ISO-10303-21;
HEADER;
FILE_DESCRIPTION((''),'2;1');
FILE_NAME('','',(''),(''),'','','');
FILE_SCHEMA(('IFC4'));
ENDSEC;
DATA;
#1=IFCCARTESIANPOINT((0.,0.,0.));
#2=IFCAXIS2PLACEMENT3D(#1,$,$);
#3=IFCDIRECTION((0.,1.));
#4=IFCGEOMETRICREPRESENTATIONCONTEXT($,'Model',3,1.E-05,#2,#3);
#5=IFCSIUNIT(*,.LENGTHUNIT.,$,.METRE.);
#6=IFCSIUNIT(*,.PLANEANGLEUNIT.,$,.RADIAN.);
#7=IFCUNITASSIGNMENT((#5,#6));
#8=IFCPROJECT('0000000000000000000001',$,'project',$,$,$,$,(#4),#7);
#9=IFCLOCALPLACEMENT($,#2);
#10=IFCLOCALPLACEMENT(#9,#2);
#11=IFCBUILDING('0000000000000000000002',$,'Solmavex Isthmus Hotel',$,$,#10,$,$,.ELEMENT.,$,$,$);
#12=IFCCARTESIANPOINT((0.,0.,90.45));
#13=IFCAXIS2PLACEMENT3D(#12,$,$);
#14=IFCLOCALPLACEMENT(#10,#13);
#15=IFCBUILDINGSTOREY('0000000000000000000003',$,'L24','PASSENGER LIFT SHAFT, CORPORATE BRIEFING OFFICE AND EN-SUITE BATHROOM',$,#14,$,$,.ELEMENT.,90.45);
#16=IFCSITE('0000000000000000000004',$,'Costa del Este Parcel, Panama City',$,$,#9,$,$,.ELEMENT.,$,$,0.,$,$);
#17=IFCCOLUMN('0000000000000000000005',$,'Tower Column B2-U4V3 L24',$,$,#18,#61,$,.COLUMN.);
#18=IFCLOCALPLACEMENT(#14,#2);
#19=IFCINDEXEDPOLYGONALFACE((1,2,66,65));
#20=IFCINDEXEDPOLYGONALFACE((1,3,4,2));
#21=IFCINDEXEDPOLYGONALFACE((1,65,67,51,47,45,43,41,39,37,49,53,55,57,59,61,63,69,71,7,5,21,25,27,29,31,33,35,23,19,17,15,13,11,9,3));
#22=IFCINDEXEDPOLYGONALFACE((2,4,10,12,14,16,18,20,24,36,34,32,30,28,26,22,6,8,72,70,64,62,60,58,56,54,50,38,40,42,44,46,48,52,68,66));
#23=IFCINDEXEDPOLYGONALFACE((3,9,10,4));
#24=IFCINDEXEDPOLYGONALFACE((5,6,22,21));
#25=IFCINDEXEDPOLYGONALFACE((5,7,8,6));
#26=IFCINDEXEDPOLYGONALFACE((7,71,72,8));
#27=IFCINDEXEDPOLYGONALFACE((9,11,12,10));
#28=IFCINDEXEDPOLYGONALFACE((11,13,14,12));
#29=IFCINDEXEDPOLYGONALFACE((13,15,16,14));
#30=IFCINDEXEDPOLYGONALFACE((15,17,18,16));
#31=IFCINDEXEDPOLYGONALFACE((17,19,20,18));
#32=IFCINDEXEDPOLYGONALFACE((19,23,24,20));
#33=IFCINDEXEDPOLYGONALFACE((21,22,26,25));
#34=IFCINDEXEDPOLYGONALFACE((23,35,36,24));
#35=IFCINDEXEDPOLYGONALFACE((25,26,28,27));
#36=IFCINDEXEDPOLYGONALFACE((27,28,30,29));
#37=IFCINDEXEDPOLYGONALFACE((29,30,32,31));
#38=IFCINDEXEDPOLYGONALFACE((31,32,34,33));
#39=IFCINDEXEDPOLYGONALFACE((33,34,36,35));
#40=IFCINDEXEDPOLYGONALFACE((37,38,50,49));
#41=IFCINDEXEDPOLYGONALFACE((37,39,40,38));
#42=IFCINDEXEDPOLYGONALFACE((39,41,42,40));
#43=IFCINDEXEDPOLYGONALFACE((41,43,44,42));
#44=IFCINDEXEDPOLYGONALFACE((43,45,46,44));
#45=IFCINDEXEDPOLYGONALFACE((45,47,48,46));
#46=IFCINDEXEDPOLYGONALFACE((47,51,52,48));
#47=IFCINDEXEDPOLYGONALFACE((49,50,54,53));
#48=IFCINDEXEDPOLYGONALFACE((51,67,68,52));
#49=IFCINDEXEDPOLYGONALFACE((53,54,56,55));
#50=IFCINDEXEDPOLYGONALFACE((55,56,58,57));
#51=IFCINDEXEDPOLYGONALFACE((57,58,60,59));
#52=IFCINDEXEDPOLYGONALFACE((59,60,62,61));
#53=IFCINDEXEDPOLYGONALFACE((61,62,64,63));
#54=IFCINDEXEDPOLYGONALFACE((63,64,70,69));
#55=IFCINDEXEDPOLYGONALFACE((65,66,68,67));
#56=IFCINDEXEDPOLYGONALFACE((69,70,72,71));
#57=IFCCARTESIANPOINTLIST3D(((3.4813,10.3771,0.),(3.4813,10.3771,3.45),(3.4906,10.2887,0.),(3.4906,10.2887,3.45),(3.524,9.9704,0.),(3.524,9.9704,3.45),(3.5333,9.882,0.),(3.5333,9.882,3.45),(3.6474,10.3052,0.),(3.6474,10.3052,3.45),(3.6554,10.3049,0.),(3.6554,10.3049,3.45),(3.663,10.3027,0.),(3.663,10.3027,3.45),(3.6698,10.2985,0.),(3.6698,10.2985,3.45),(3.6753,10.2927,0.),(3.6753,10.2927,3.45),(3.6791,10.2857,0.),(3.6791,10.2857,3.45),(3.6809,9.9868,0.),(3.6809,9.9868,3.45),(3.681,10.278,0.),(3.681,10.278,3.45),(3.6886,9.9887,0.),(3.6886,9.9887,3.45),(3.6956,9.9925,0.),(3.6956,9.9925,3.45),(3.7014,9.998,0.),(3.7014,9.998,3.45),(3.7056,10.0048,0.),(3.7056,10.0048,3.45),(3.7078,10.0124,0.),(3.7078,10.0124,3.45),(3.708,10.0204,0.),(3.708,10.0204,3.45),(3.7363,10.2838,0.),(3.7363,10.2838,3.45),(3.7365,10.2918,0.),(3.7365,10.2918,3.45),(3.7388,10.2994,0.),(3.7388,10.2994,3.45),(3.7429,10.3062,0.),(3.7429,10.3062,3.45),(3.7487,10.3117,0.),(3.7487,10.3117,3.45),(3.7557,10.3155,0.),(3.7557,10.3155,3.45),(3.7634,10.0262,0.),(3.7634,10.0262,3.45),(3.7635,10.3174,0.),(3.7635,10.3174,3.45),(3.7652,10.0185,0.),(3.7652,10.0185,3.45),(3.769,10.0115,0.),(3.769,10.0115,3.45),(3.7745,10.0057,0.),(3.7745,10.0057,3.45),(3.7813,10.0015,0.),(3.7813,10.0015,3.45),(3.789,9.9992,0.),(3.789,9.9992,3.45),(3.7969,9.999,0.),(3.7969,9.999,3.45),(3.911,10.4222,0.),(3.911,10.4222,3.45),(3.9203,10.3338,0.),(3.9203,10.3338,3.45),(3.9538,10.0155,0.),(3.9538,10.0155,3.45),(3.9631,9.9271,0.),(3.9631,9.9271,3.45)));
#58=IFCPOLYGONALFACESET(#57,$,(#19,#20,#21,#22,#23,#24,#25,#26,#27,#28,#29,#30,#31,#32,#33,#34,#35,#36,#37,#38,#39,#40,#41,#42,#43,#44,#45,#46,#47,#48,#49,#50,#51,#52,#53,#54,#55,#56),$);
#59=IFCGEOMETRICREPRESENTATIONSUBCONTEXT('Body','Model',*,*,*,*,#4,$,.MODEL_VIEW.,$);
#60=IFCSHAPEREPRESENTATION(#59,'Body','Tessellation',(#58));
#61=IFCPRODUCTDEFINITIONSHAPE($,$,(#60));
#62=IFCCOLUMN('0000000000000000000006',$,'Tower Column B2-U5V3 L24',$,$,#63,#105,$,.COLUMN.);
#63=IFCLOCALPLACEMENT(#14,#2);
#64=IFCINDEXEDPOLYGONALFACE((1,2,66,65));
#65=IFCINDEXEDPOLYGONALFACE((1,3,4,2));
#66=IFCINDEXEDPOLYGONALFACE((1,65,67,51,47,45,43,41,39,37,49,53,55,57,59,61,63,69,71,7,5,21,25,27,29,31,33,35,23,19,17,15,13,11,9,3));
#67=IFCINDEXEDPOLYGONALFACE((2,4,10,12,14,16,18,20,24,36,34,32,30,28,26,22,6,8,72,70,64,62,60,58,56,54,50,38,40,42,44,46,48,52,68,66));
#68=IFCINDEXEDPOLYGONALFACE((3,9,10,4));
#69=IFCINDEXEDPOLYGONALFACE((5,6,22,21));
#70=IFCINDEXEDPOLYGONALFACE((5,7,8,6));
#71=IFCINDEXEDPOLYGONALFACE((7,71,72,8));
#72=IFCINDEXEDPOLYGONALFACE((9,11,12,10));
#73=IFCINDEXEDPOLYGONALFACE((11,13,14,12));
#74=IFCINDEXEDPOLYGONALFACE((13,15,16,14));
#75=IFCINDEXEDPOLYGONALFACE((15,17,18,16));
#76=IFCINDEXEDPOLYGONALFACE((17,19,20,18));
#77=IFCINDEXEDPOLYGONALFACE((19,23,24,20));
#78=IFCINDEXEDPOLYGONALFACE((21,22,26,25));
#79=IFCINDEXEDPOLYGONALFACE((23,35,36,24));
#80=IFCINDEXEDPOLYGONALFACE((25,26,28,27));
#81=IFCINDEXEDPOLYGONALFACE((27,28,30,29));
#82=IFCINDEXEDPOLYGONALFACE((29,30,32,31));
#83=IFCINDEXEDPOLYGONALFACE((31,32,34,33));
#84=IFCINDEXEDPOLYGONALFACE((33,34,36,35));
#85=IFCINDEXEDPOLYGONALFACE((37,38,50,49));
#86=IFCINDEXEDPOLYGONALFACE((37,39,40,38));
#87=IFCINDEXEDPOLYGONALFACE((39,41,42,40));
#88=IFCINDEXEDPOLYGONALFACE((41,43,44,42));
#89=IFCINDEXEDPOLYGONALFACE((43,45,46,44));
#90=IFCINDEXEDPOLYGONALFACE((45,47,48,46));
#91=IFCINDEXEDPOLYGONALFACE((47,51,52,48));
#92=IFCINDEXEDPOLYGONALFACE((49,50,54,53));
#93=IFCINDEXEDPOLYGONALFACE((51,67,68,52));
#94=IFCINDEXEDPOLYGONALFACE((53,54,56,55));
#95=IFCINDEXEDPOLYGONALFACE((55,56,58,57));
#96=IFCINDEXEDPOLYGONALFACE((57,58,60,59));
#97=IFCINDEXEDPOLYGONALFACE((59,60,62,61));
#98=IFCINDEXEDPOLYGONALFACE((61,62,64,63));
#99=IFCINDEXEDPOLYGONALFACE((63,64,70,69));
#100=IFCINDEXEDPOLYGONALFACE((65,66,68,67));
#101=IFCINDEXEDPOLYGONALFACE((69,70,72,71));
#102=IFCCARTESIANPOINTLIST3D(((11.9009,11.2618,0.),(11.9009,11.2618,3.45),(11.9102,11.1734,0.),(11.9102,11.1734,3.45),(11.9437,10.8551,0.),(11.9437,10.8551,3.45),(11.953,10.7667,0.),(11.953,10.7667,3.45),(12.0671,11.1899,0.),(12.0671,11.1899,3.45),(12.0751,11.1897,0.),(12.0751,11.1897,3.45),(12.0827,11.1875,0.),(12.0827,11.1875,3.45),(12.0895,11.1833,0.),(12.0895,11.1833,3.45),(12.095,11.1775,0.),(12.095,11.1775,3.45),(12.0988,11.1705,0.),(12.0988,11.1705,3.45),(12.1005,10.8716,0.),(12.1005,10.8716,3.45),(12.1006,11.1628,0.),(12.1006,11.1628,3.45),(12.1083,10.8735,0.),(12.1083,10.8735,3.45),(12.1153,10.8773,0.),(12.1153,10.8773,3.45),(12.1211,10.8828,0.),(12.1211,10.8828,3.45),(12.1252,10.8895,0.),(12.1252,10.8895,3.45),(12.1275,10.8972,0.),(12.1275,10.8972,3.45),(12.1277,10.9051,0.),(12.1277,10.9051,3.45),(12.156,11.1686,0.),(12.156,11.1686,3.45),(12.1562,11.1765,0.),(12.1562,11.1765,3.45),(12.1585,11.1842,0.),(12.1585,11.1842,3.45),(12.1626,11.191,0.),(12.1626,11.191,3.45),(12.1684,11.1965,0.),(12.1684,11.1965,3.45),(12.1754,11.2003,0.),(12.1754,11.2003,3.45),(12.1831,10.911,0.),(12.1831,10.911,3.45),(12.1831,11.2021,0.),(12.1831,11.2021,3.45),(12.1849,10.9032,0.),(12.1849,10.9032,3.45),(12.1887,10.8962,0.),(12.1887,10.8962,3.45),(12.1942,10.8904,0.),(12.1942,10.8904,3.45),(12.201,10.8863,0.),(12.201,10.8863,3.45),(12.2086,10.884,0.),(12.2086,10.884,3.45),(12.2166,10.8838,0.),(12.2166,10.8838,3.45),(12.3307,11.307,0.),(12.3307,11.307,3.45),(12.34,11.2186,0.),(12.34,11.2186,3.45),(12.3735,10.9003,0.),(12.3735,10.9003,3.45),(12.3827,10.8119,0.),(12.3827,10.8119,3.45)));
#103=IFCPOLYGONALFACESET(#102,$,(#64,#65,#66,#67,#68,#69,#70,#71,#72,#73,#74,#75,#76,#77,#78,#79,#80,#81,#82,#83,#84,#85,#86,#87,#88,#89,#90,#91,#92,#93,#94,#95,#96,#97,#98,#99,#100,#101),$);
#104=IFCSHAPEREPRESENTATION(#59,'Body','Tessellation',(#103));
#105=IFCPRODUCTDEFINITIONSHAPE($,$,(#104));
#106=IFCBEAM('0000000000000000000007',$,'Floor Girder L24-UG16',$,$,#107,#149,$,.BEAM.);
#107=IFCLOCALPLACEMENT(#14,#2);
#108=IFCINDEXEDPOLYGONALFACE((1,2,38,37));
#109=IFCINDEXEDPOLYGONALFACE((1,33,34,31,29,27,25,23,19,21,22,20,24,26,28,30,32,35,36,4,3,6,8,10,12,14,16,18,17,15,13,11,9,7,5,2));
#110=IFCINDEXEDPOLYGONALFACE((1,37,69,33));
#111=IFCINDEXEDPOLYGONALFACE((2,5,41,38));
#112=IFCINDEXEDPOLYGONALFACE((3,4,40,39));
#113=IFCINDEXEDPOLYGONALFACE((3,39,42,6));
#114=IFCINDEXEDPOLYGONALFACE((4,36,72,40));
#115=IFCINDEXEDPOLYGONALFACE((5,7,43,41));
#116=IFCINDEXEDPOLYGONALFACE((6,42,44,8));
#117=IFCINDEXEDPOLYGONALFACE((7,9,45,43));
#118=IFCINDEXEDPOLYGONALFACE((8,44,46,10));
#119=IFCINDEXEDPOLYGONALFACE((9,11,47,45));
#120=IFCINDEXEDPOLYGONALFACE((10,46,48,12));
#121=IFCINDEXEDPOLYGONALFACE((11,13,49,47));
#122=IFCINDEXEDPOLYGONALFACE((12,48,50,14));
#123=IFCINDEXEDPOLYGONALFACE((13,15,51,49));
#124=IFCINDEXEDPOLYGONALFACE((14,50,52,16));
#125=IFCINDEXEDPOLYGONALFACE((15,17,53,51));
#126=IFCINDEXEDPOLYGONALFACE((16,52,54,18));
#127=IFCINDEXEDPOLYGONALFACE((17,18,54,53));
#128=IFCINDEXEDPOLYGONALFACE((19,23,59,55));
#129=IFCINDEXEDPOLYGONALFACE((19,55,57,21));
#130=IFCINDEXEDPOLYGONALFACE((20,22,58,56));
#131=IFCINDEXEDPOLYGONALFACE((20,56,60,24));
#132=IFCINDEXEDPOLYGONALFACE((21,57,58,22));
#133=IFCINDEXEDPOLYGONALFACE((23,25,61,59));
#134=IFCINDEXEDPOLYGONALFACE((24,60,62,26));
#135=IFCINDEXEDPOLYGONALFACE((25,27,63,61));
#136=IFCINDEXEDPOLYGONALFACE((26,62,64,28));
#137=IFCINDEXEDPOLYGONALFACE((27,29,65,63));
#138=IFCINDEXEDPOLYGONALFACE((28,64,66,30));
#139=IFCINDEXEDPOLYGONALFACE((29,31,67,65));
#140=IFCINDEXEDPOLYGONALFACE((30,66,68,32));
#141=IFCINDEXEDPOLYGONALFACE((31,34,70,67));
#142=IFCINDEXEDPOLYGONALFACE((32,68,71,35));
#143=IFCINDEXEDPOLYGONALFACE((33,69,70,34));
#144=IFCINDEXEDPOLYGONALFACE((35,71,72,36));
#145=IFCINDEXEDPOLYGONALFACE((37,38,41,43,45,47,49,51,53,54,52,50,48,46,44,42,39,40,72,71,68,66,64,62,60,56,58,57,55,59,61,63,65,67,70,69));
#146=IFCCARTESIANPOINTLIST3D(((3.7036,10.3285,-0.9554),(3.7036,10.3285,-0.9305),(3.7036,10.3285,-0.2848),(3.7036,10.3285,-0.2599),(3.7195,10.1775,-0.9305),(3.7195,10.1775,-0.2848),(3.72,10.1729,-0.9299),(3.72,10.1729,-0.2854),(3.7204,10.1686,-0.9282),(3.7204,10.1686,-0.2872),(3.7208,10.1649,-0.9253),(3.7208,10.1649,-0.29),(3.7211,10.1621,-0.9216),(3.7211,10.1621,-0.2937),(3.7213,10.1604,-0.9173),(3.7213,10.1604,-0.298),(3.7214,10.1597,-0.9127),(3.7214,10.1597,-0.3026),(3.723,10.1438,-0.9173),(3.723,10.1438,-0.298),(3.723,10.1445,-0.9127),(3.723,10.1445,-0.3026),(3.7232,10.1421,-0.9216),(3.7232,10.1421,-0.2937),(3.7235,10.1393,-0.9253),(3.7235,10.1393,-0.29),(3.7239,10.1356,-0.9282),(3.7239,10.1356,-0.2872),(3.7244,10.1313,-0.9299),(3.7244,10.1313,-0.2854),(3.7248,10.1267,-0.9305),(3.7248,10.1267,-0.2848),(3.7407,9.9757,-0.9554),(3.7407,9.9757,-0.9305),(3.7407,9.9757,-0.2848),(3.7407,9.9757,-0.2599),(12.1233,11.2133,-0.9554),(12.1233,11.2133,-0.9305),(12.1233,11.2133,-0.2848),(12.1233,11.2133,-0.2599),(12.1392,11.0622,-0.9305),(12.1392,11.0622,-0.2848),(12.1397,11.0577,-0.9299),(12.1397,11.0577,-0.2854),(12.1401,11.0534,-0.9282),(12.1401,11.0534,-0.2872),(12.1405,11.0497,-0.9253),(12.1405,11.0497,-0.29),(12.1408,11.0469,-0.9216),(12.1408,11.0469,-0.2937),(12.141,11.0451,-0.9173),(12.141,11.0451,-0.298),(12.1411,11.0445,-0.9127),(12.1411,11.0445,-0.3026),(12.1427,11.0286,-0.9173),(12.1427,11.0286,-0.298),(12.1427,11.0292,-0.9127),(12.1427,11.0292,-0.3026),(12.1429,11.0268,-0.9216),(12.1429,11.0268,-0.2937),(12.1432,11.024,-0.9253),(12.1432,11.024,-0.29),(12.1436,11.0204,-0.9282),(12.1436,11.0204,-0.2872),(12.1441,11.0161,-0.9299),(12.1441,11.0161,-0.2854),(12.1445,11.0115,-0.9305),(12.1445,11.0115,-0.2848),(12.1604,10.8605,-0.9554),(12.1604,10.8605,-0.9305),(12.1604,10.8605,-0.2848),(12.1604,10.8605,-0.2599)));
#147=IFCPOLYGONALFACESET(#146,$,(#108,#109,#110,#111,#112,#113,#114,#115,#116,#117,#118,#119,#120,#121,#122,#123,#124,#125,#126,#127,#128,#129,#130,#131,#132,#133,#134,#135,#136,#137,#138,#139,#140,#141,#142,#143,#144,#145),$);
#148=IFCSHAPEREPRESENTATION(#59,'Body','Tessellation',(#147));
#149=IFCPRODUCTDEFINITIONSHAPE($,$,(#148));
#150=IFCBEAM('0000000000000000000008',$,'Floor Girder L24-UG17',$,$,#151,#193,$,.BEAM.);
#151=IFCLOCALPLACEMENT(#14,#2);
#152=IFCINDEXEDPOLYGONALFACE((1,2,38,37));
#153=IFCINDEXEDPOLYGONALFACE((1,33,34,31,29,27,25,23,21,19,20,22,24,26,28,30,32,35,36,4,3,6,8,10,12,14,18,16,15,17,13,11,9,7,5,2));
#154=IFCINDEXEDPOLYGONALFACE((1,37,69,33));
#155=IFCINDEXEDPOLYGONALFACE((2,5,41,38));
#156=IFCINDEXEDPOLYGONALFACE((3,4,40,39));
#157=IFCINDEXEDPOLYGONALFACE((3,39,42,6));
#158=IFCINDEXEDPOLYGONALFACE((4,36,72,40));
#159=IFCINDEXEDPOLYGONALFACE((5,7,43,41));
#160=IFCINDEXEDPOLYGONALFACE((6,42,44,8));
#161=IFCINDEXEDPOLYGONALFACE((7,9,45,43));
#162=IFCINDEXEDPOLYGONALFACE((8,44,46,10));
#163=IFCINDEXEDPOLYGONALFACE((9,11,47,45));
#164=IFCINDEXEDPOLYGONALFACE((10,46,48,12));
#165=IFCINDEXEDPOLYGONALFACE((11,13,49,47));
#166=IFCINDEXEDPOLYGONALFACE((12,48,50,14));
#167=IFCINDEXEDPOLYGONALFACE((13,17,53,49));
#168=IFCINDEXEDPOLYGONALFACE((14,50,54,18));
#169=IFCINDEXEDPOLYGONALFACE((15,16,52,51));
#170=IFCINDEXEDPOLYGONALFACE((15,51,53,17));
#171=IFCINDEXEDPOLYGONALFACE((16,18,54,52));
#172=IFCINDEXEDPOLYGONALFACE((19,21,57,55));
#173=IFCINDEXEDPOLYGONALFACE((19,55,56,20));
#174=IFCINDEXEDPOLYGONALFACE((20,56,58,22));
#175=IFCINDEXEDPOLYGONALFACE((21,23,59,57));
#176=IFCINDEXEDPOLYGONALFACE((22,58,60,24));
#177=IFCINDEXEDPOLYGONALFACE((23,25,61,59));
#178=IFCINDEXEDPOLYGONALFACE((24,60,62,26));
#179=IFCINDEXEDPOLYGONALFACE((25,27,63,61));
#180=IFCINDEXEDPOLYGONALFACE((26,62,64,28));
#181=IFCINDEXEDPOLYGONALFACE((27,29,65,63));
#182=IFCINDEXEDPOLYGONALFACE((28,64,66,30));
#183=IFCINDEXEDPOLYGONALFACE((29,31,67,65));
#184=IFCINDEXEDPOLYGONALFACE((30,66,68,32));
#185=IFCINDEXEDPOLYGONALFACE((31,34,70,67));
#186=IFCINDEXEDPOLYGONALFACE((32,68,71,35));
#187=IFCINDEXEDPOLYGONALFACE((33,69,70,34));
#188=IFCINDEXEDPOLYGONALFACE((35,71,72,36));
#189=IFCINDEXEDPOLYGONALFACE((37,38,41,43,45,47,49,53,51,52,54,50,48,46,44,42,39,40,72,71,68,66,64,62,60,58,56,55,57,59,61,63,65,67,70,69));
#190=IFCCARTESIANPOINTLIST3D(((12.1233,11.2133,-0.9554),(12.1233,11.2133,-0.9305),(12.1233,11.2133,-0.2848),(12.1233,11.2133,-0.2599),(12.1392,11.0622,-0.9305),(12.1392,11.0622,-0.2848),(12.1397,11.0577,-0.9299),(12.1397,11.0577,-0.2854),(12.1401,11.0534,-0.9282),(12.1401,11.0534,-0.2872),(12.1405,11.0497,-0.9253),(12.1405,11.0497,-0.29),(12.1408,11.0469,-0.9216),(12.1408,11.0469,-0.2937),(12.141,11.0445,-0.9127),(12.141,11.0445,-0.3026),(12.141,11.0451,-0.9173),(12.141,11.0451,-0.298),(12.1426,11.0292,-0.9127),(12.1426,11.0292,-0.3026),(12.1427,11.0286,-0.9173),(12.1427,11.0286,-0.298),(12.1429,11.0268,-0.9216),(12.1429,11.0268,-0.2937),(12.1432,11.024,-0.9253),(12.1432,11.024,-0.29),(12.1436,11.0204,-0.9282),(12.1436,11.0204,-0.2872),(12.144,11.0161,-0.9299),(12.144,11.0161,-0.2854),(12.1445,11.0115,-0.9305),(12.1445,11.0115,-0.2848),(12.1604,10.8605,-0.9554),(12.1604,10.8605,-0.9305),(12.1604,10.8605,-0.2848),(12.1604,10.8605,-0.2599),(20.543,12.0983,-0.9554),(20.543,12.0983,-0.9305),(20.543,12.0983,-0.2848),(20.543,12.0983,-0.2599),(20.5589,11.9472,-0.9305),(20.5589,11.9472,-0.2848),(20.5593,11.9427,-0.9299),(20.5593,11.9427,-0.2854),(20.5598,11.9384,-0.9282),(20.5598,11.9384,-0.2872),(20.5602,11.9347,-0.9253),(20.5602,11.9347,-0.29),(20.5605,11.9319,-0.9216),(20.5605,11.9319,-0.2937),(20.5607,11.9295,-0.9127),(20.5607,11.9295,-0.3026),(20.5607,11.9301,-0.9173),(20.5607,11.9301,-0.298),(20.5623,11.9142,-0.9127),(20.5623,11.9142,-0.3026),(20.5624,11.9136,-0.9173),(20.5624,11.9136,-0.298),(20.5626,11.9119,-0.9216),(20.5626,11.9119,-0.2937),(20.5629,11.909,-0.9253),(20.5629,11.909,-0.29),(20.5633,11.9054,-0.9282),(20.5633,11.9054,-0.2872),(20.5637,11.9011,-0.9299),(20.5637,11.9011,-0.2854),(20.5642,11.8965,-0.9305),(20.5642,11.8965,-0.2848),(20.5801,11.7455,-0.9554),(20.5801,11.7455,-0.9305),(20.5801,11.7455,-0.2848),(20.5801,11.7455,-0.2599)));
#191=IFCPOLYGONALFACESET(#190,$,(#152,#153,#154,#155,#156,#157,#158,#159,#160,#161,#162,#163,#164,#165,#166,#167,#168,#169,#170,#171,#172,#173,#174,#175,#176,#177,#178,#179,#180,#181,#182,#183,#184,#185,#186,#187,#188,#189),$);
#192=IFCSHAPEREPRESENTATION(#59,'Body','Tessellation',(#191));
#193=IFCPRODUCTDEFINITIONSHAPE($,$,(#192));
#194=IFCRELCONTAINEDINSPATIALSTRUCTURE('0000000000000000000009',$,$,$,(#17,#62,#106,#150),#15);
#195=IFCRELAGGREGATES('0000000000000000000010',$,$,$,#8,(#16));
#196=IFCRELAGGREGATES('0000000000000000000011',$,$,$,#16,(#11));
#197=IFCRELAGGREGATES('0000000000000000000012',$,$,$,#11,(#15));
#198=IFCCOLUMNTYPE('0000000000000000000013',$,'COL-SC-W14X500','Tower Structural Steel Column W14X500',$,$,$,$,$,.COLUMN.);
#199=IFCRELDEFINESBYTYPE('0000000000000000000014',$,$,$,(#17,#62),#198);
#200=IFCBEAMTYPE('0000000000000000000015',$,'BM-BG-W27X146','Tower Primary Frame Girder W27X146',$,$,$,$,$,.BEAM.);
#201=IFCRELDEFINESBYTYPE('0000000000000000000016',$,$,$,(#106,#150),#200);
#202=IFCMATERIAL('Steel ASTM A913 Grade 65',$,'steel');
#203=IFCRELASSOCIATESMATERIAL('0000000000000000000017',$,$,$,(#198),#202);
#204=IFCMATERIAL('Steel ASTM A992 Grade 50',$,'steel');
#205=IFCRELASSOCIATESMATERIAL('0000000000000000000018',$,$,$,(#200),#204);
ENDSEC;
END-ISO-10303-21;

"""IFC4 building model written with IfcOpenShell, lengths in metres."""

from ifc_helpers import new_model, si_unit, direction, frame, origin, origin_2d, place, context, subcontext, project, spatial, i_section, extrude, material, material_profile, profile_set, type_object, element, save


model = new_model("IFC4")

# Units and contexts
model_context = context("Model", 3, precision=1e-05, world=origin(), true_north=direction((0.0, 1.0)))
body_context = subcontext(model_context, "Body", "Model", "MODEL_VIEW")
ifc_project = project(units=[si_unit("LENGTHUNIT", "METRE"), si_unit("PLANEANGLEUNIT", "RADIAN")], contexts=[model_context])

# Site, building, storey
site_placement = place(None, origin())
site = spatial("IfcSite", under=ifc_project, at=site_placement, Name="Costa del Este Parcel, Panama City", CompositionType="ELEMENT", RefElevation=0.0)
building_placement = place(site_placement, origin())
building = spatial("IfcBuilding", under=site, at=building_placement, Name="Solmavex Isthmus Hotel", CompositionType="ELEMENT")
storey_placement = place(building_placement, frame((0.0, 0.0, 90.45)))
storey = spatial("IfcBuildingStorey", under=building, at=storey_placement, Name="L24", Description="PASSENGER LIFT SHAFT, CORPORATE BRIEFING OFFICE AND EN-SUITE BATHROOM", CompositionType="ELEMENT", Elevation=90.45)

# Columns
ifc_material_1 = material(Name="Steel ASTM A913 Grade 65", Category="steel")
ifc_material_profile_1 = material_profile(ifc_material_1, i_section(OverallWidth=0.4321, OverallDepth=0.4978, WebThickness=0.0557, FlangeThickness=0.0889, FilletRadius=0.0305, at=origin_2d()), Name="W14X500")
ifc_profile_set_1 = profile_set([ifc_material_profile_1], Name="Steel ASTM A913 Grade 65")
column_type = type_object("IfcColumnType", Name="COL-SC-W14X500", Description="Tower Structural Steel Column W14X500", PredefinedType="COLUMN", material=ifc_profile_set_1)
for number, where, z_axis, x_axis, name in (
    (1, (3.7222, 10.1521, 0.0), (0.0, 0.0, 1.0), (0.994522, 0.104528, 0.0), "Tower Column B2-U4V3 L24"),
    (2, (12.1418, 11.0369, 0.0), (0.0, 0.0, 1.0), (0.994522, 0.104528, 0.0), "Tower Column B2-U5V3 L24"),
):
    element("IfcColumn", number, at=place(storey_placement, frame(where, z_axis=z_axis, x_axis=x_axis)), inside=storey, type_object=column_type, Name=name, PredefinedType="COLUMN", context=body_context, shape_type="SweptSolid", body=[
        extrude(i_section(OverallWidth=0.4321, OverallDepth=0.4978, WebThickness=0.0557, FlangeThickness=0.0889, FilletRadius=0.0305, at=origin_2d()), origin(), (0.0, 0.0, 1.0), 3.45),
    ])

# Beams
ifc_material_2 = material(Name="Steel ASTM A992 Grade 50", Category="steel")
ifc_material_profile_2 = material_profile(ifc_material_2, i_section(OverallWidth=0.3547, OverallDepth=0.6956, WebThickness=0.0154, FlangeThickness=0.0249, FilletRadius=0.0178, at=origin_2d()), Name="W27X146")
ifc_profile_set_2 = profile_set([ifc_material_profile_2], Name="Steel ASTM A992 Grade 50")
beam_type_1 = type_object("IfcBeamType", Name="BM-BG-W27X146", Description="Tower Primary Frame Girder W27X146", PredefinedType="BEAM", material=ifc_profile_set_2)
for number, where, z_axis, x_axis, name in (
    (3, (3.7222, 10.1521, -0.6077), (0.994524, 0.104508, 0.0), (-0.104508, 0.994524, 0.0), "Floor Girder L24-UG16"),
    (4, (12.1418, 11.0369, -0.6077), (0.994521, 0.104536, 0.0), (-0.104536, 0.994521, 0.0), "Floor Girder L24-UG17"),
):
    element("IfcBeam", number, at=place(storey_placement, frame(where, z_axis=z_axis, x_axis=x_axis)), inside=storey, type_object=beam_type_1, Name=name, PredefinedType="BEAM", context=body_context, shape_type="SweptSolid", body=[
        extrude(i_section(OverallWidth=0.3547, OverallDepth=0.6956, WebThickness=0.0154, FlangeThickness=0.0249, FilletRadius=0.0178, at=origin_2d()), origin(), (0.0, 0.0, 1.0), 8.4661),
    ])

save(model, "model.ifc")
